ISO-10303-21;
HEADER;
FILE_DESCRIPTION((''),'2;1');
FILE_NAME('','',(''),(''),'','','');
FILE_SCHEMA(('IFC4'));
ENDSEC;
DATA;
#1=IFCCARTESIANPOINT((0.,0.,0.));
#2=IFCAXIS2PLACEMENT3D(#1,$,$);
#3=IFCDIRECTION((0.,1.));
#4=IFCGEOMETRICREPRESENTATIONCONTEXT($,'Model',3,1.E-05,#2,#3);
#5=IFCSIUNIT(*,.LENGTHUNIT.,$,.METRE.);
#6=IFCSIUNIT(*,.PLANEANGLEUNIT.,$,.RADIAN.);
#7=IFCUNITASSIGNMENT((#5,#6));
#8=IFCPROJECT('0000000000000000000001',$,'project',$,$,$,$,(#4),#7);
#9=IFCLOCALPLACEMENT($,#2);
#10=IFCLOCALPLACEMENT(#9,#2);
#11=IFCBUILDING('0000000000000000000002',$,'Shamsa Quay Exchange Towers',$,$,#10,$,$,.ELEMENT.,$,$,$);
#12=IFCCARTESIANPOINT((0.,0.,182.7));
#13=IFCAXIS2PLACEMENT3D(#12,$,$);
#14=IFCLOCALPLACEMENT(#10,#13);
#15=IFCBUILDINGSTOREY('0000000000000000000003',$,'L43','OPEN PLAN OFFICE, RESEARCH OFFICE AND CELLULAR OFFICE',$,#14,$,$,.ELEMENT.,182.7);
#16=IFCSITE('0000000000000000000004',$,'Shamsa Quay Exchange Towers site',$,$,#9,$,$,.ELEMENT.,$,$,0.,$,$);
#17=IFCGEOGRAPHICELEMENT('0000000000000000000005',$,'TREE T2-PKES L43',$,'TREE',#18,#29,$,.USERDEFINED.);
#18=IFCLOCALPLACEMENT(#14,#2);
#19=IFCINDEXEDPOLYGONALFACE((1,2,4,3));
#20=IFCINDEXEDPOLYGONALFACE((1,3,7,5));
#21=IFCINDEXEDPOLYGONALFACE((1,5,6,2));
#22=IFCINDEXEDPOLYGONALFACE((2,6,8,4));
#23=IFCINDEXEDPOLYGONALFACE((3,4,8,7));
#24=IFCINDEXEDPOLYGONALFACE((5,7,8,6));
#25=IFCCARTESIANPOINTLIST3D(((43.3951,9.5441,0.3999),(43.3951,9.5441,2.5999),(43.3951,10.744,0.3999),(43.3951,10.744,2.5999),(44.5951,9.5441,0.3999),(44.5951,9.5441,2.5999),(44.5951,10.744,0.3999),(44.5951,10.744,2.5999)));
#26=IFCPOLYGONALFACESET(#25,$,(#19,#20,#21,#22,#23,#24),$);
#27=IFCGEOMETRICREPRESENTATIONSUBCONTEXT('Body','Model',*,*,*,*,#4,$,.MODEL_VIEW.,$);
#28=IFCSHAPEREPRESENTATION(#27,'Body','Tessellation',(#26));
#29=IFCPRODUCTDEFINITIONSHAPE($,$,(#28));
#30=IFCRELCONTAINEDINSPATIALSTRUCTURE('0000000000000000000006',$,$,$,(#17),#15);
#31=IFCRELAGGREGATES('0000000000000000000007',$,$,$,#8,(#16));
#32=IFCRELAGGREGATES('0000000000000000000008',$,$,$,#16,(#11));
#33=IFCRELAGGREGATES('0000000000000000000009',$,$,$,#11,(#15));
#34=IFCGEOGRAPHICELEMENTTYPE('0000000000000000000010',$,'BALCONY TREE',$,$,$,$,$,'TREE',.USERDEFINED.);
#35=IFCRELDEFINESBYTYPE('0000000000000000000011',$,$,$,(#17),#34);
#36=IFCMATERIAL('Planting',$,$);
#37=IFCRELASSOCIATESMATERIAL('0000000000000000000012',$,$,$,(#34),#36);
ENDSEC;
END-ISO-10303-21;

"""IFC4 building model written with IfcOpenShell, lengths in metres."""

from ifc_helpers import new_model, si_unit, direction, frame, origin, origin_2d, place, context, subcontext, project, spatial, rectangle, extrude, material, type_object, element, save


model = new_model("IFC4")

# Units and contexts
model_context = context("Model", 3, precision=1e-05, world=origin(), true_north=direction((0.0, 1.0)))
body_context = subcontext(model_context, "Body", "Model", "MODEL_VIEW")
ifc_project = project(units=[si_unit("LENGTHUNIT", "METRE"), si_unit("PLANEANGLEUNIT", "RADIAN")], contexts=[model_context])

# Site, building, storey
site_placement = place(None, origin())
site = spatial("IfcSite", under=ifc_project, at=site_placement, Name="Shamsa Quay Exchange Towers site", CompositionType="ELEMENT", RefElevation=0.0)
building_placement = place(site_placement, origin())
building = spatial("IfcBuilding", under=site, at=building_placement, Name="Shamsa Quay Exchange Towers", CompositionType="ELEMENT")
storey_placement = place(building_placement, frame((0.0, 0.0, 182.7)))
storey = spatial("IfcBuildingStorey", under=building, at=storey_placement, Name="L43", Description="OPEN PLAN OFFICE, RESEARCH OFFICE AND CELLULAR OFFICE", CompositionType="ELEMENT", Elevation=182.7)

# Geographic element
ifc_material_1 = material(Name="Planting")
geographic_element_type = type_object("IfcGeographicElementType", Name="BALCONY TREE", ElementType="TREE", PredefinedType="USERDEFINED", material=ifc_material_1)
geographic_element_placement = place(storey_placement, frame((43.9951, 10.144, 0.3999), z_axis=(0.0, 0.0, 1.0), x_axis=(0.0, 1.0, 0.0)))
element("IfcGeographicElement", 1, at=geographic_element_placement, inside=storey, type_object=geographic_element_type, Name="TREE T2-PKES L43", ObjectType="TREE", PredefinedType="USERDEFINED", context=body_context, shape_type="SweptSolid", body=[
    extrude(rectangle(XDim=1.2, YDim=1.2, at=origin_2d()), origin(), (0.0, 0.0, 1.0), 2.2),
])

save(model, "model.ifc")
